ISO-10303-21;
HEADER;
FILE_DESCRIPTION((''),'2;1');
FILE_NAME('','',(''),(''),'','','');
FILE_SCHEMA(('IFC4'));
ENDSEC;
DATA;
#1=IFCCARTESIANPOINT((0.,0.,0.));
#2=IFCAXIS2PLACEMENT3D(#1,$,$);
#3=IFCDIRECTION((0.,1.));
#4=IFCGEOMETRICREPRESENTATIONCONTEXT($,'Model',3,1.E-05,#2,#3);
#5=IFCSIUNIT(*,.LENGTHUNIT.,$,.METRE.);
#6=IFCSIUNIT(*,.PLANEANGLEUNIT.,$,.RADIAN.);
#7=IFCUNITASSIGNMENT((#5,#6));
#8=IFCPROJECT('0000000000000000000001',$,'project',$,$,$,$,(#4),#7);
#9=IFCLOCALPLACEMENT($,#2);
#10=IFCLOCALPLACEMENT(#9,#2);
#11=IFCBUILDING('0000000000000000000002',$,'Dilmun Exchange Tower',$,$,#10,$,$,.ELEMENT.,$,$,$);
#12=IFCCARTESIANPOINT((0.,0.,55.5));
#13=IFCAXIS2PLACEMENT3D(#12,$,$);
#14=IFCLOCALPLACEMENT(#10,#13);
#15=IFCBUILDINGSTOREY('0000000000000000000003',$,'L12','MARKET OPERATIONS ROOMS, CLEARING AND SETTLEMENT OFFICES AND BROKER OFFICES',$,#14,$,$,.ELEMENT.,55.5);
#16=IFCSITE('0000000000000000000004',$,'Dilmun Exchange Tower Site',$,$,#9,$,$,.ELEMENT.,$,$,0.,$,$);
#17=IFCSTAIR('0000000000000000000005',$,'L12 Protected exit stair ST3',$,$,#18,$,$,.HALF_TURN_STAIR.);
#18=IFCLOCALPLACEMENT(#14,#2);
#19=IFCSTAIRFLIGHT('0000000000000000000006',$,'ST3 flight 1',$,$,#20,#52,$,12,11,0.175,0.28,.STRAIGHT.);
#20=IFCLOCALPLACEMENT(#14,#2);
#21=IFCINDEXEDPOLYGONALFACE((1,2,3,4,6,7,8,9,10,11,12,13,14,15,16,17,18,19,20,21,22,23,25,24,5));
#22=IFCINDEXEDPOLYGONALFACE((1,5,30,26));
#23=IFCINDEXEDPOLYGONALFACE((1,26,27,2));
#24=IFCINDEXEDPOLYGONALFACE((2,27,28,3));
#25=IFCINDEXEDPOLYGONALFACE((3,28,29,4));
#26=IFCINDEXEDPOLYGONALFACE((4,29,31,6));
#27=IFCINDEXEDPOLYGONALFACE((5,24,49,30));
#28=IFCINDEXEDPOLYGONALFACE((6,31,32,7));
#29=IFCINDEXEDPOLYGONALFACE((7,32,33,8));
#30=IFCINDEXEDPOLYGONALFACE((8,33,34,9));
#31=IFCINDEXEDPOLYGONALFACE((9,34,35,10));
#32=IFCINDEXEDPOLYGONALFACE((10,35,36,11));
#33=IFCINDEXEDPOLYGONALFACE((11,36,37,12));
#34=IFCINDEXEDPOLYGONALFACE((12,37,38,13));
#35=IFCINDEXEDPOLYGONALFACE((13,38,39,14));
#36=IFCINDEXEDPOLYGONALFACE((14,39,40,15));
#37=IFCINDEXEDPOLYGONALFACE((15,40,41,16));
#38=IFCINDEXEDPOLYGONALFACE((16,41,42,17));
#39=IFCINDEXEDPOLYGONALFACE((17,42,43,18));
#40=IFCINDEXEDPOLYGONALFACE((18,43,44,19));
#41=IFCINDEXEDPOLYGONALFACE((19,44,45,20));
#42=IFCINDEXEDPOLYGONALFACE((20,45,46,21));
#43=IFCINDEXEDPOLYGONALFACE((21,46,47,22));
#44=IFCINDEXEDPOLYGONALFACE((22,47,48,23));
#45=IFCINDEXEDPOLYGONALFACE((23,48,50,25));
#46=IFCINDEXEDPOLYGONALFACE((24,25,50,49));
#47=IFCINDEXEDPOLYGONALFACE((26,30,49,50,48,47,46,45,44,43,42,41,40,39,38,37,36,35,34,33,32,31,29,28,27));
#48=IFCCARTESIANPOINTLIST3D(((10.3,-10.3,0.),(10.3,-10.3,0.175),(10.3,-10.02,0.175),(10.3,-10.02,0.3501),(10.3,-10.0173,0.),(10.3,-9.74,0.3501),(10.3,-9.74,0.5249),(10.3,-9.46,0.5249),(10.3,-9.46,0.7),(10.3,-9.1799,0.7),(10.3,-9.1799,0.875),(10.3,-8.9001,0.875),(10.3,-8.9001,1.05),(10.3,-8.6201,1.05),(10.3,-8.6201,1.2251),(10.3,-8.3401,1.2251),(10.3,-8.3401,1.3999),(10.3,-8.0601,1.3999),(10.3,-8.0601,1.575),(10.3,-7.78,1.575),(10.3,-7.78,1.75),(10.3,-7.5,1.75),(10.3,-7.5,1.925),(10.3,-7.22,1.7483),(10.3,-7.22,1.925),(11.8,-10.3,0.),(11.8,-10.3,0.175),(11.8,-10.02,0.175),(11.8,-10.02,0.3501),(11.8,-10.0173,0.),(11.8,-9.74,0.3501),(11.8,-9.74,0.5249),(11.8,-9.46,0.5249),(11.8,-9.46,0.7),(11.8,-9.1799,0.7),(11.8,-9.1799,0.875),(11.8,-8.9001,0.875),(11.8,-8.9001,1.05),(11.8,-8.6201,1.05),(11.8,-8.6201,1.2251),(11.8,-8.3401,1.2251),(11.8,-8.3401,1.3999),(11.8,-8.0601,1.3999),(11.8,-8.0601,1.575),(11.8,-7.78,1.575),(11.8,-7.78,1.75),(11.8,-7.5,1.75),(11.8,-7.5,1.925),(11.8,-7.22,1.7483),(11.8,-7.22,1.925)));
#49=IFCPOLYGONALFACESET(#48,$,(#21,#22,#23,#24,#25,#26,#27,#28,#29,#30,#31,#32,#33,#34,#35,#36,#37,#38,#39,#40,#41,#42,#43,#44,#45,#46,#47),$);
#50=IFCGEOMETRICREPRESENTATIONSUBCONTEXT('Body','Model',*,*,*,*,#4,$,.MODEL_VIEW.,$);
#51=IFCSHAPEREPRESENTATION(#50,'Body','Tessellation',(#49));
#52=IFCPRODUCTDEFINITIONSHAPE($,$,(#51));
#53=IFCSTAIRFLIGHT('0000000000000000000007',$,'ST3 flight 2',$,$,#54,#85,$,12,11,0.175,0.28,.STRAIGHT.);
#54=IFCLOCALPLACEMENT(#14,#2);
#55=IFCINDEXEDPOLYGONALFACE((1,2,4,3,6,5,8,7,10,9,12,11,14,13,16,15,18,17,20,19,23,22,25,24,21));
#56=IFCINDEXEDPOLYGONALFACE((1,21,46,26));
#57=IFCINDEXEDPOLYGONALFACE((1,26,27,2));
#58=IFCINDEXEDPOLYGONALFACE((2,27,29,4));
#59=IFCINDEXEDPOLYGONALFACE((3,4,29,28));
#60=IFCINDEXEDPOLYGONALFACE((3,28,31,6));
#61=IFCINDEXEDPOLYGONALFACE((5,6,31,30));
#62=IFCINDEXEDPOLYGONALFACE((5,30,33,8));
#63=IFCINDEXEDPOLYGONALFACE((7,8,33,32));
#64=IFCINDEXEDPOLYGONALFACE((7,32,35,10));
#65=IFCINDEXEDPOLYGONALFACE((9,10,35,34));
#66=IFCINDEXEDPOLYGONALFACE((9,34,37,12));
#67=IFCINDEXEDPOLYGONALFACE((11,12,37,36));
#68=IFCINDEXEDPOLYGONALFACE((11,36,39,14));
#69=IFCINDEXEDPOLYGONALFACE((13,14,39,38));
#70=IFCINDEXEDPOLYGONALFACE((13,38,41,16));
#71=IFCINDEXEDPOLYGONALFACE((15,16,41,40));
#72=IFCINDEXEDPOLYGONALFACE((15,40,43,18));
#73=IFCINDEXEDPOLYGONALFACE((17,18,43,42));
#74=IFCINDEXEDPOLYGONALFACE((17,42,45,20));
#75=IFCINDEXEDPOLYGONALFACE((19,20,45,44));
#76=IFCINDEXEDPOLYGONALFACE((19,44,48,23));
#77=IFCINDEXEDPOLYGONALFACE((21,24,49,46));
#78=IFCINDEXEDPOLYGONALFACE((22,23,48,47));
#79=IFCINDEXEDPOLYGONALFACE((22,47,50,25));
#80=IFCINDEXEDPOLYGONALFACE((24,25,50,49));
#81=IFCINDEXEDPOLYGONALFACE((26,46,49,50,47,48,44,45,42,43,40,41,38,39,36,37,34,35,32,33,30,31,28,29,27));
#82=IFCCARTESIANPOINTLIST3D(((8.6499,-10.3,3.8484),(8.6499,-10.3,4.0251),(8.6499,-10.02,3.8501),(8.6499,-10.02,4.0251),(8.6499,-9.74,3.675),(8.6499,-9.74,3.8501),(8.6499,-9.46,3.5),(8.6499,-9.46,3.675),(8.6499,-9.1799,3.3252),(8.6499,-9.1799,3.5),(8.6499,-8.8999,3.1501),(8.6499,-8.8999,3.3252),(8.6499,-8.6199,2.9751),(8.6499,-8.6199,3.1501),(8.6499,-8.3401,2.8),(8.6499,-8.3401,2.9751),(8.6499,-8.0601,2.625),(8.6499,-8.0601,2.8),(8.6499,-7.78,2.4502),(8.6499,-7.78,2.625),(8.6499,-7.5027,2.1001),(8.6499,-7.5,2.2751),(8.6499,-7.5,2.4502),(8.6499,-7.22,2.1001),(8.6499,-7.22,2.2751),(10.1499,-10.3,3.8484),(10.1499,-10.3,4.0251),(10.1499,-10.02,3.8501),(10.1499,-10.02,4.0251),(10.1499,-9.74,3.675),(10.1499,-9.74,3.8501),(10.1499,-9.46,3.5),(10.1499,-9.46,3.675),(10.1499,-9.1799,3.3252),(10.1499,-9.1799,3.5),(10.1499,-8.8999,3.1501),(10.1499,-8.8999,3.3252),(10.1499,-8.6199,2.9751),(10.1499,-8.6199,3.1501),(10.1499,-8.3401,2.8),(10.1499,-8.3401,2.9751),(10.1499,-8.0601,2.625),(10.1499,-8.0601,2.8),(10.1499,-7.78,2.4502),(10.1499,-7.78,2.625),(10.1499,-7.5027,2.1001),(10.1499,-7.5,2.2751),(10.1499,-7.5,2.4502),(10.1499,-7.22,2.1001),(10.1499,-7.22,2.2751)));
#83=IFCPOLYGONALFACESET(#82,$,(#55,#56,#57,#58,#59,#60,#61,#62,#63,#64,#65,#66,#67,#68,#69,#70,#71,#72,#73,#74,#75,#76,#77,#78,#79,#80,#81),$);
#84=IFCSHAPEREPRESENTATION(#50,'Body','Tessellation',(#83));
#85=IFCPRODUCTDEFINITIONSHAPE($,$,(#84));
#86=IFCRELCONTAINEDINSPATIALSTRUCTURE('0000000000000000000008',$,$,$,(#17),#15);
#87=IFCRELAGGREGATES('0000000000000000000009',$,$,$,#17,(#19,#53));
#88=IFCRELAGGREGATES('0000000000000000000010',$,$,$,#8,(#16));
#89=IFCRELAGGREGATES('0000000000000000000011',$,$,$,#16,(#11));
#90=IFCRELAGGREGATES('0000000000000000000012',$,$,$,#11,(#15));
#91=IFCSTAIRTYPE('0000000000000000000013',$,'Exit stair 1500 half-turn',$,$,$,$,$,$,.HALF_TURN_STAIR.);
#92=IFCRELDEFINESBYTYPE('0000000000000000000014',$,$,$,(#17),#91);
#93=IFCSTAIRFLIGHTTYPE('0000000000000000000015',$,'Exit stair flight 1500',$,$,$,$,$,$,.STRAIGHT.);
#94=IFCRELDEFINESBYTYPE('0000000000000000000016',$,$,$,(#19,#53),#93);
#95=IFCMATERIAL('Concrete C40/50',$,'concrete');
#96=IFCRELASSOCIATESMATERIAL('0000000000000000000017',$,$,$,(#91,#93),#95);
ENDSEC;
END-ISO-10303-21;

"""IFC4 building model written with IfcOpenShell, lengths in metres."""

from ifc_helpers import new_model, si_unit, direction, frame, origin, place, context, subcontext, project, spatial, polyline, outline, extrude, material, type_object, element, aggregate, save


model = new_model("IFC4")

# Units and contexts
model_context = context("Model", 3, precision=1e-05, world=origin(), true_north=direction((0.0, 1.0)))
body_context = subcontext(model_context, "Body", "Model", "MODEL_VIEW")
ifc_project = project(units=[si_unit("LENGTHUNIT", "METRE"), si_unit("PLANEANGLEUNIT", "RADIAN")], contexts=[model_context])

# Site, building, storey
site_placement = place(None, origin())
site = spatial("IfcSite", under=ifc_project, at=site_placement, Name="Dilmun Exchange Tower Site", CompositionType="ELEMENT", RefElevation=0.0)
building_placement = place(site_placement, origin())
building = spatial("IfcBuilding", under=site, at=building_placement, Name="Dilmun Exchange Tower", CompositionType="ELEMENT")
storey_placement = place(building_placement, frame((0.0, 0.0, 55.5)))
storey = spatial("IfcBuildingStorey", under=building, at=storey_placement, Name="L12", Description="MARKET OPERATIONS ROOMS, CLEARING AND SETTLEMENT OFFICES AND BROKER OFFICES", CompositionType="ELEMENT", Elevation=55.5)

# Shared definitions
ifc_material_1 = material(Name="Concrete C40/50", Category="concrete")

# Stair, stair flights
stair_type = type_object("IfcStairType", Name="Exit stair 1500 half-turn", PredefinedType="HALF_TURN_STAIR", material=ifc_material_1)
stair_placement = place(storey_placement, origin())
stair = element("IfcStair", 1, at=stair_placement, inside=storey, type_object=stair_type, Name="L12 Protected exit stair ST3", PredefinedType="HALF_TURN_STAIR")
stair_flight_type = type_object("IfcStairFlightType", Name="Exit stair flight 1500", PredefinedType="STRAIGHT", material=ifc_material_1)
stair_flight_1_placement = place(storey_placement, frame((11.05, -10.3, 0.0), z_axis=(0.0, 0.0, 1.0), x_axis=(0.0, 1.0, 0.0)))
stair_flight_1 = element("IfcStairFlight", 2, at=stair_flight_1_placement, type_object=stair_flight_type, Name="ST3 flight 1", NumberOfRisers=12, NumberOfTreads=11, PredefinedType="STRAIGHT", RiserHeight=0.175, TreadLength=0.28, context=body_context, shape_type="SweptSolid", body=[
    extrude(outline(polyline([(0.0, 0.0), (0.0, 0.175), (0.28, 0.175), (0.28, 0.3501), (0.5601, 0.3501), (0.5601, 0.5249), (0.8401, 0.5249), (0.8401, 0.7), (1.1201, 0.7), (1.1201, 0.875), (1.3999, 0.875), (1.3999, 1.05), (1.6799, 1.05), (1.6799, 1.2251), (1.96, 1.2251), (1.96, 1.3999), (2.24, 1.3999), (2.24, 1.575), (2.52, 1.575), (2.52, 1.75), (2.8, 1.75), (2.8, 1.925), (3.0801, 1.925), (3.0801, 2.1001), (3.0801, 1.7483), (0.2827, 0.0), (0.0, 0.0)])), frame((0.0, 0.75, 0.0), z_axis=(0.0, -1.0, 0.0), x_axis=(1.0, 0.0, 0.0)), (0.0, 0.0, 1.0), 1.5),
])
stair_flight_2_placement = place(storey_placement, frame((9.3999, -7.22, 2.1001), z_axis=(0.0, 0.0, 1.0), x_axis=(0.0, -1.0, 0.0)))
stair_flight_2 = element("IfcStairFlight", 3, at=stair_flight_2_placement, type_object=stair_flight_type, Name="ST3 flight 2", NumberOfRisers=12, NumberOfTreads=11, PredefinedType="STRAIGHT", RiserHeight=0.175, TreadLength=0.28, context=body_context, shape_type="SweptSolid", body=[
    extrude(outline(polyline([(0.0, 0.0), (0.0, 0.175), (0.28, 0.175), (0.28, 0.3501), (0.5601, 0.3501), (0.5601, 0.5249), (0.8401, 0.5249), (0.8401, 0.7), (1.1201, 0.7), (1.1201, 0.875), (1.3999, 0.875), (1.3999, 1.05), (1.6799, 1.05), (1.6799, 1.2251), (1.96, 1.2251), (1.96, 1.3999), (2.24, 1.3999), (2.24, 1.575), (2.52, 1.575), (2.52, 1.75), (2.8, 1.75), (2.8, 1.925), (3.0801, 1.925), (3.0801, 2.1001), (3.0801, 1.7483), (0.2827, 0.0), (0.0, 0.0)])), frame((0.0, 0.75, 0.0), z_axis=(0.0, -1.0, 0.0), x_axis=(1.0, 0.0, 0.0)), (0.0, 0.0, 1.0), 1.5),
])
aggregate(stair, [stair_flight_1, stair_flight_2])

save(model, "model.ifc")
